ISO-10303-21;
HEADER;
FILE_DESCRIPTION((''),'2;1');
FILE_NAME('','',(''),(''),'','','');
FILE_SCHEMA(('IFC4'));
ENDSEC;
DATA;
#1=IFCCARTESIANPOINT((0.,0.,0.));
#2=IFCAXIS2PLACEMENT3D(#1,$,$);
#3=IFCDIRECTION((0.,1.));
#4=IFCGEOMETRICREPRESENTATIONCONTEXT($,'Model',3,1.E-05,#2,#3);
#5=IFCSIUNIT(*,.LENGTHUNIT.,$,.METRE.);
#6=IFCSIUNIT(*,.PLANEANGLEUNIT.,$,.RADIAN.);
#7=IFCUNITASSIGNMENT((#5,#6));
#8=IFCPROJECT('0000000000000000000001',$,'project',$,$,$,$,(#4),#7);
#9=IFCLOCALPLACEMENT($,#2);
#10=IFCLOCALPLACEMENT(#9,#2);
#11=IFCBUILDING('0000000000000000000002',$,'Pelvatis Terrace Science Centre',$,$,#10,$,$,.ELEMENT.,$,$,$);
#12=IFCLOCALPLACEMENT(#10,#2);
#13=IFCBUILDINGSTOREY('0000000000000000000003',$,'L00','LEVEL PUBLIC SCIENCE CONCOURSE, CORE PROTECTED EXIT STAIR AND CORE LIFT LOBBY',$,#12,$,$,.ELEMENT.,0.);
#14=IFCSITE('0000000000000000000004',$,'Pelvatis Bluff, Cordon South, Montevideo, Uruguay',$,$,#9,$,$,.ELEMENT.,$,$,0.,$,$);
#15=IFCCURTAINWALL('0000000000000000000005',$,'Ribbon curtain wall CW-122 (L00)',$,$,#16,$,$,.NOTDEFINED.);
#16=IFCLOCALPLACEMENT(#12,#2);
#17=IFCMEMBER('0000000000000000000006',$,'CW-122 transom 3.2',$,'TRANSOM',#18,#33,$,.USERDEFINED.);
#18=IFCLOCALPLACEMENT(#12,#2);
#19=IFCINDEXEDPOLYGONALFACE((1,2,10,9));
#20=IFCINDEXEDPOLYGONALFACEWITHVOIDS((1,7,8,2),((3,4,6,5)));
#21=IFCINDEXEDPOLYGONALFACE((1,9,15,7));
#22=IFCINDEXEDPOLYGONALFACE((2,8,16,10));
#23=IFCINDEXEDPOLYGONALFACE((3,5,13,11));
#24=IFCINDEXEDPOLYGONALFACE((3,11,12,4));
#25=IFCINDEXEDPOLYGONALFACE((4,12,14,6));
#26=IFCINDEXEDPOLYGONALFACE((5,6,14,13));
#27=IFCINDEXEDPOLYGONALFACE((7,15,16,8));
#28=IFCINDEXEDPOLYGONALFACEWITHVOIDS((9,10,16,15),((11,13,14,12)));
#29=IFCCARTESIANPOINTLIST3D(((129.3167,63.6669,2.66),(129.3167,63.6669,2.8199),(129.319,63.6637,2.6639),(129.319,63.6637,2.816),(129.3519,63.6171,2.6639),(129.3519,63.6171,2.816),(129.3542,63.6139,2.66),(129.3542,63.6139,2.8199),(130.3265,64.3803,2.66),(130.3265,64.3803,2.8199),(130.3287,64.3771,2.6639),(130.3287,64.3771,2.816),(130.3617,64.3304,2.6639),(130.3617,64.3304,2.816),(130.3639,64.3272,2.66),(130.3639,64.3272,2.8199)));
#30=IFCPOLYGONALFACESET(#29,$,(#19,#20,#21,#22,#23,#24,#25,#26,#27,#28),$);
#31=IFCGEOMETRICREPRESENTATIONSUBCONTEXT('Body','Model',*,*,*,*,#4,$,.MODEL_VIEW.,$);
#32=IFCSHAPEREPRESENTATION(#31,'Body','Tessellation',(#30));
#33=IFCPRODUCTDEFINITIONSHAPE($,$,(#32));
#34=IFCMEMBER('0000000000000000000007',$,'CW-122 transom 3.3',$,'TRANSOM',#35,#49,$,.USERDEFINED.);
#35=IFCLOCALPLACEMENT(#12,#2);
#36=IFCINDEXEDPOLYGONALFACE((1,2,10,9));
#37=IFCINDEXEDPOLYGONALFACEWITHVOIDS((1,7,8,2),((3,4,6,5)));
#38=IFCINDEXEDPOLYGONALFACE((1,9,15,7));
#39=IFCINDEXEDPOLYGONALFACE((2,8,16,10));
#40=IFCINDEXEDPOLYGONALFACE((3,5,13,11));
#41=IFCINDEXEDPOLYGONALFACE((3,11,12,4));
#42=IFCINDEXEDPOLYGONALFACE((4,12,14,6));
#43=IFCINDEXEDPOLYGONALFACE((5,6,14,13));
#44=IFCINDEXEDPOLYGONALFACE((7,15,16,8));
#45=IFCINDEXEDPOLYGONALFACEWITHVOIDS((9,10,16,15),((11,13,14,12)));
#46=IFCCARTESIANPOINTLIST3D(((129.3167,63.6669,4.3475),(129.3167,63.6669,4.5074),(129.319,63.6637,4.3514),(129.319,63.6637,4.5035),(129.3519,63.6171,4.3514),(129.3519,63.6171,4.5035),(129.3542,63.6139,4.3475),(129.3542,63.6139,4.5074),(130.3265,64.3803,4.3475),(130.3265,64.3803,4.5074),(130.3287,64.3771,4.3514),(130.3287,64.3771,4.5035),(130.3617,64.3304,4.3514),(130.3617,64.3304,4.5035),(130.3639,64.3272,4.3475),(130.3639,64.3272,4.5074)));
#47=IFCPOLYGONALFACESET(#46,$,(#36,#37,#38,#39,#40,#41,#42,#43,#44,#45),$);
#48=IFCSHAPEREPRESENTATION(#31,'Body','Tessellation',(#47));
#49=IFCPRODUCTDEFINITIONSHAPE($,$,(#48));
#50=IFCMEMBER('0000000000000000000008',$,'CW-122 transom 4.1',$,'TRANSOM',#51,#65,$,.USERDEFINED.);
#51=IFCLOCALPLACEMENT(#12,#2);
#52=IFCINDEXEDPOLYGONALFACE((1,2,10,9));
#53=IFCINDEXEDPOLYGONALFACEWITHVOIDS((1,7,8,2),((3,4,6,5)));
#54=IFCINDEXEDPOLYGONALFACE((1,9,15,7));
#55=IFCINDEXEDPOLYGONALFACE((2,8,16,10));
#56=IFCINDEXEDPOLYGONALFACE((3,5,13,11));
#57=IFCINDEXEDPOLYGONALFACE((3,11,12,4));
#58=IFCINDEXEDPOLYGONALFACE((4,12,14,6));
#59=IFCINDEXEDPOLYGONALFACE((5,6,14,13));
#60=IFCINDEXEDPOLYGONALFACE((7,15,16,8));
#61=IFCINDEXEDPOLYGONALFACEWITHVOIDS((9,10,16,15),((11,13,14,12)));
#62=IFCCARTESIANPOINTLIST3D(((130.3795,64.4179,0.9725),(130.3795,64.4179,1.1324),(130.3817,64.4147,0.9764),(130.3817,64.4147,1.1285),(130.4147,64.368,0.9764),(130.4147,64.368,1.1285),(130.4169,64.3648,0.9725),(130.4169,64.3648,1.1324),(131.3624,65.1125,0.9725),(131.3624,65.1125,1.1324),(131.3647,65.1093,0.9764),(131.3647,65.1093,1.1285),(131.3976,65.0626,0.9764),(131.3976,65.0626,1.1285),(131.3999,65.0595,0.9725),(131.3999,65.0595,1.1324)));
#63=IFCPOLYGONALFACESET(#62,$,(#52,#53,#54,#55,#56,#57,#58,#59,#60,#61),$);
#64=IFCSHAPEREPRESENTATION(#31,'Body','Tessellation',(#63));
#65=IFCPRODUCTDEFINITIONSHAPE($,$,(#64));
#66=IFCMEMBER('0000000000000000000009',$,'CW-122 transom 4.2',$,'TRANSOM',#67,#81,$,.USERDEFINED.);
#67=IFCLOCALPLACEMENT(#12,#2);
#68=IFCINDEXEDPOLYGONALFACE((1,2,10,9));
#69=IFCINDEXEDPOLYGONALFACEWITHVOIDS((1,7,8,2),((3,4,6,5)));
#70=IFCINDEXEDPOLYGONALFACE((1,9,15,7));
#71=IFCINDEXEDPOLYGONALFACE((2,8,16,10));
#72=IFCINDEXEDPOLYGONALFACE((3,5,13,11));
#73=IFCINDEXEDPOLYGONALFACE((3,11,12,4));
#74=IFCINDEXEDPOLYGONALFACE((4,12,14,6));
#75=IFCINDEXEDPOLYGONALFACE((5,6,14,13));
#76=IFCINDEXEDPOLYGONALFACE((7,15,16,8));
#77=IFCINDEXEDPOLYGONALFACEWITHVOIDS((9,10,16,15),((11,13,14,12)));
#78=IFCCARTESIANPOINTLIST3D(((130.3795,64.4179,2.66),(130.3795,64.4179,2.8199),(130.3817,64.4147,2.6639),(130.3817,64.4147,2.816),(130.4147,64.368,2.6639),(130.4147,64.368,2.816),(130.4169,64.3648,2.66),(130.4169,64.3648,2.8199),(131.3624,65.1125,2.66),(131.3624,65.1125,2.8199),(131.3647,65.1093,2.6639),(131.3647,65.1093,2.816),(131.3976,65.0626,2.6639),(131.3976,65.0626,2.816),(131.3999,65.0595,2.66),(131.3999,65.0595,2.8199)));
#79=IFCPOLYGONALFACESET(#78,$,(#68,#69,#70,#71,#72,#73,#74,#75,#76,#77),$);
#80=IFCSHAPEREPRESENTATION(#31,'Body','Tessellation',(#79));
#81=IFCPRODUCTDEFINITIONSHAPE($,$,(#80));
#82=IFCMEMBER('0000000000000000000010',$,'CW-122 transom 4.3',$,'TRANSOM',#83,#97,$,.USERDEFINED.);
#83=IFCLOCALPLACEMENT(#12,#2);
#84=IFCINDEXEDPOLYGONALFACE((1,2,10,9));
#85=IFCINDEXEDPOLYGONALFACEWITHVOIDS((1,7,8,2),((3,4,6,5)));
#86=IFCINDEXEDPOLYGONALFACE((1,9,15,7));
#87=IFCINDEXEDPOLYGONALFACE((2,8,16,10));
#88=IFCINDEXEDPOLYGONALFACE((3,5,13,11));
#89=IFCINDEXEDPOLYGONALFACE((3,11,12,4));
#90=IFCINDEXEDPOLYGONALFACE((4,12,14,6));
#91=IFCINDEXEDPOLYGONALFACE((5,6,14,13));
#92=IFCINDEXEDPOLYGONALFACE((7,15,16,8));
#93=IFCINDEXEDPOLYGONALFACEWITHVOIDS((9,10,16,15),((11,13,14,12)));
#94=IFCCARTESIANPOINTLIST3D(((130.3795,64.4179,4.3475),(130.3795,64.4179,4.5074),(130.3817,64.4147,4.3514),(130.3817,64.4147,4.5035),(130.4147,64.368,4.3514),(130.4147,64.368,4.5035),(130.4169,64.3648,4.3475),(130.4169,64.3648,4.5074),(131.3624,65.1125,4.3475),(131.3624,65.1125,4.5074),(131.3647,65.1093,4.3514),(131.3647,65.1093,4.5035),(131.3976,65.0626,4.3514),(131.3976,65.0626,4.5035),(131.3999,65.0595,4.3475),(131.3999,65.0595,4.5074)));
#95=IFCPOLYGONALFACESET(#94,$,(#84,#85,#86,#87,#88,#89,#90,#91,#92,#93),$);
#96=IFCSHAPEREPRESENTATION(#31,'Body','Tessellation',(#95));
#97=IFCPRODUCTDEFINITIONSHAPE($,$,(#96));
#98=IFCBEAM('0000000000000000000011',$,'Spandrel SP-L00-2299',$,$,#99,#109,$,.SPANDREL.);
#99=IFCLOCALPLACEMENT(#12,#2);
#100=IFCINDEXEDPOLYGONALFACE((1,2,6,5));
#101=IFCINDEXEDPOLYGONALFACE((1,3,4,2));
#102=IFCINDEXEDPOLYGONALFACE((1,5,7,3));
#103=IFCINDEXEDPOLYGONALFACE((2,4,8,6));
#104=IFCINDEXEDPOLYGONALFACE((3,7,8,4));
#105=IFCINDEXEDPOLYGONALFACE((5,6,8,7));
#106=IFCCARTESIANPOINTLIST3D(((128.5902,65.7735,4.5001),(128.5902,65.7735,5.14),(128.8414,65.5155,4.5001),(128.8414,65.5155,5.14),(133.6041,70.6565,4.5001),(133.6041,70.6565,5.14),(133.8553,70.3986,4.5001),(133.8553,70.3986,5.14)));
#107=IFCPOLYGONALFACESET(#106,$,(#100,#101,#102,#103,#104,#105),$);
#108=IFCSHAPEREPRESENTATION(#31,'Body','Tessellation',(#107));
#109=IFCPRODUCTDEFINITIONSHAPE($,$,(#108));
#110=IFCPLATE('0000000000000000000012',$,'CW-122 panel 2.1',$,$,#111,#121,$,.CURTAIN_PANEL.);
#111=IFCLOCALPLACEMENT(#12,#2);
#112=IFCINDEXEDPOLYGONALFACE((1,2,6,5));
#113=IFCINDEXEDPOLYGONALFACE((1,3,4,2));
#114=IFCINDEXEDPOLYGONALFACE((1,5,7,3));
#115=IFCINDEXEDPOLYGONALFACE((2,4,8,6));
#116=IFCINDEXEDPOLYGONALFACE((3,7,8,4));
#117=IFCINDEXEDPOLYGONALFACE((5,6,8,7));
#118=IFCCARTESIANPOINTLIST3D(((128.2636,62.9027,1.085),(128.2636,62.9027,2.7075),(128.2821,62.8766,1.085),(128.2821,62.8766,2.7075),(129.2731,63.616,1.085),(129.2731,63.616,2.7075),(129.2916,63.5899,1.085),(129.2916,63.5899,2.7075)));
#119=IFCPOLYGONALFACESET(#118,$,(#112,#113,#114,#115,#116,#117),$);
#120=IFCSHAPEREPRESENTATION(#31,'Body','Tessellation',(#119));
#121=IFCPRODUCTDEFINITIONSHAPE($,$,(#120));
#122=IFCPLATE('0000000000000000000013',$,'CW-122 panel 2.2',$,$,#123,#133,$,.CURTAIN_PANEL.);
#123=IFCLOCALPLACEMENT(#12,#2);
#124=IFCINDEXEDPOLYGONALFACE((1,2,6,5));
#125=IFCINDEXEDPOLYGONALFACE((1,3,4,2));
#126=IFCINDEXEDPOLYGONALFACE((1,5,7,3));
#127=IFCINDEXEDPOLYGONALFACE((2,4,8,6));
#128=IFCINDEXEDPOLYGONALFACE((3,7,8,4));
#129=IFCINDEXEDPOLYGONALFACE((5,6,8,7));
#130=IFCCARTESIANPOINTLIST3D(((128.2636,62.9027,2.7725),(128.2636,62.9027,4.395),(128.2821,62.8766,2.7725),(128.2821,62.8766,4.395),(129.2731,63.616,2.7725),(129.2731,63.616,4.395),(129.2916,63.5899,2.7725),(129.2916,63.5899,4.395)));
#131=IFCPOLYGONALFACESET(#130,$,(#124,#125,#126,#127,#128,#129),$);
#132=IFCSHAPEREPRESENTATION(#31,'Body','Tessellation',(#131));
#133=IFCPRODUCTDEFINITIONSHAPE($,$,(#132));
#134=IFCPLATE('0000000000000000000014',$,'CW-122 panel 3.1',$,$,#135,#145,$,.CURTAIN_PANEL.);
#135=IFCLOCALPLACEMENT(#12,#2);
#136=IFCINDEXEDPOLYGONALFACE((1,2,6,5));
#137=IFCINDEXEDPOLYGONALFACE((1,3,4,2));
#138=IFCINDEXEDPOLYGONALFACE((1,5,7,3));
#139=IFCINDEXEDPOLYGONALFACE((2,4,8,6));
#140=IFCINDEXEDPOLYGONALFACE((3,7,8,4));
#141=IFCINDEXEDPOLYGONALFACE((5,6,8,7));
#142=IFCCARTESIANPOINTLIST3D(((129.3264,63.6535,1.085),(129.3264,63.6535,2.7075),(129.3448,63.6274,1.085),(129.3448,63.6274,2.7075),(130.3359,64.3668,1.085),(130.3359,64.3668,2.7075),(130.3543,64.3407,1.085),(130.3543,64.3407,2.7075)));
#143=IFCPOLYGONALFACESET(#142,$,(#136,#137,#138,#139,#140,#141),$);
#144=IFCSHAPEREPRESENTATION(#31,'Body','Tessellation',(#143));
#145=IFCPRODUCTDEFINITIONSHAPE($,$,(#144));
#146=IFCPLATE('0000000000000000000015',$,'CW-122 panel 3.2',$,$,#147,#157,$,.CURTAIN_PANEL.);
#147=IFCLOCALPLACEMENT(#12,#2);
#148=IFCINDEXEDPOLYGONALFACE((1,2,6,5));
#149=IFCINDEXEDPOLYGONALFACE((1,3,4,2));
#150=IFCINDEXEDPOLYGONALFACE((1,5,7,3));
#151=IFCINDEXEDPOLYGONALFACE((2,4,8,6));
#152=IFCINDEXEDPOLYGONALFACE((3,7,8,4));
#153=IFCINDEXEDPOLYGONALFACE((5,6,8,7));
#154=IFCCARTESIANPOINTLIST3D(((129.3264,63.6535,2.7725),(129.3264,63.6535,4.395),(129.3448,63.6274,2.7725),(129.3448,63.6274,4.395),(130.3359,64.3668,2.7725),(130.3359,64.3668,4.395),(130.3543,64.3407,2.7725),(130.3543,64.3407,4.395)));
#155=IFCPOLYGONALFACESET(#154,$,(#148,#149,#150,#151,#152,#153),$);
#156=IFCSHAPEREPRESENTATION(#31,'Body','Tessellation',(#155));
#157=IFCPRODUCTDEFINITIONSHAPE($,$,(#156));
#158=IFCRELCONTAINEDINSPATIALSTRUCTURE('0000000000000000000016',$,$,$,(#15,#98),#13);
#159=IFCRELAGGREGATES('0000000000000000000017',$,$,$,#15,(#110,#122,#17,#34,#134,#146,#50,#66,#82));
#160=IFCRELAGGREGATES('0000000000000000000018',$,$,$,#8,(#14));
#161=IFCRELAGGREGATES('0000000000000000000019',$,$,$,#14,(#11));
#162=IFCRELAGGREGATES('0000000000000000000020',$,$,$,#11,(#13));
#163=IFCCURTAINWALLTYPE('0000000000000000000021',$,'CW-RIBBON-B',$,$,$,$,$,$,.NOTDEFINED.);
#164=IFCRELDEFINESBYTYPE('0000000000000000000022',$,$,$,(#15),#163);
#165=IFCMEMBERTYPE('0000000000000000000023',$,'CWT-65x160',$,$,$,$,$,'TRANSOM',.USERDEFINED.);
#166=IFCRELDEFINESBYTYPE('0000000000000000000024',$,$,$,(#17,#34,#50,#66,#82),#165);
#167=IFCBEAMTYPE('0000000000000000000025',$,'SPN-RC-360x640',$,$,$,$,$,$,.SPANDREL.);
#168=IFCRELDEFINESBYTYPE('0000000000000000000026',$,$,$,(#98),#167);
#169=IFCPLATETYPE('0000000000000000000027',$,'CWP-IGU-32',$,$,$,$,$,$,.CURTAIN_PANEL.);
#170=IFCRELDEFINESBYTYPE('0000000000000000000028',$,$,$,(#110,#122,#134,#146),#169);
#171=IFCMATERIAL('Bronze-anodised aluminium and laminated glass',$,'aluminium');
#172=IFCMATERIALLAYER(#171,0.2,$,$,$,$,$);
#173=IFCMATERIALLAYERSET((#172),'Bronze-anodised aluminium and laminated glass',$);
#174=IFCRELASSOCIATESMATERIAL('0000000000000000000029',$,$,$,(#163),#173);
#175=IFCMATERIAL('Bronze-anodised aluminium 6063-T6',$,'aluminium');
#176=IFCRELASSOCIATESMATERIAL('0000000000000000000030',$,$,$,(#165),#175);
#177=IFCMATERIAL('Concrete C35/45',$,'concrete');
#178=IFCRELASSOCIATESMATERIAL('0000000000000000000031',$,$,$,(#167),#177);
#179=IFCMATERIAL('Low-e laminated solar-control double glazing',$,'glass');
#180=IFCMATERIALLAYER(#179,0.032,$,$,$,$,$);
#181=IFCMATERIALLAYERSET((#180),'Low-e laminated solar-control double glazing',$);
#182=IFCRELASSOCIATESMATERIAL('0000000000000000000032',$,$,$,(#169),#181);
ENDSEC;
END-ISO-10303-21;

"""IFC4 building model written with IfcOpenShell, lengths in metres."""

from ifc_helpers import new_model, si_unit, direction, frame, origin, origin_2d, place, context, subcontext, project, spatial, rectangle, hollow_rectangle, extrude, material, layer, layer_set, material_profile, profile_set, type_object, element, aggregate, save


model = new_model("IFC4")

# Units and contexts
model_context = context("Model", 3, precision=1e-05, world=origin(), true_north=direction((0.0, 1.0)))
body_context = subcontext(model_context, "Body", "Model", "MODEL_VIEW")
ifc_project = project(units=[si_unit("LENGTHUNIT", "METRE"), si_unit("PLANEANGLEUNIT", "RADIAN")], contexts=[model_context])

# Site, building, storey
site_placement = place(None, origin())
site = spatial("IfcSite", under=ifc_project, at=site_placement, Name="Pelvatis Bluff, Cordon South, Montevideo, Uruguay", CompositionType="ELEMENT", RefElevation=0.0)
building_placement = place(site_placement, origin())
building = spatial("IfcBuilding", under=site, at=building_placement, Name="Pelvatis Terrace Science Centre", CompositionType="ELEMENT")
storey_placement = place(building_placement, origin())
storey = spatial("IfcBuildingStorey", under=building, at=storey_placement, Name="L00", Description="LEVEL PUBLIC SCIENCE CONCOURSE, CORE PROTECTED EXIT STAIR AND CORE LIFT LOBBY", CompositionType="ELEMENT", Elevation=0.0)

# Curtain wall, members
ifc_material_1 = material(Name="Bronze-anodised aluminium and laminated glass", Category="aluminium")
ifc_layer_1 = layer(ifc_material_1, 0.2)
ifc_layer_set_1 = layer_set([ifc_layer_1], Name="Bronze-anodised aluminium and laminated glass")
curtain_wall_type = type_object("IfcCurtainWallType", Name="CW-RIBBON-B", PredefinedType="NOTDEFINED", material=ifc_layer_set_1)
curtain_wall_placement = place(storey_placement, origin())
curtain_wall = element("IfcCurtainWall", 1, at=curtain_wall_placement, inside=storey, type_object=curtain_wall_type, Name="Ribbon curtain wall CW-122 (L00)", PredefinedType="NOTDEFINED")
ifc_material_2 = material(Name="Bronze-anodised aluminium 6063-T6", Category="aluminium")
ifc_material_profile_1 = material_profile(ifc_material_2, hollow_rectangle(XDim=0.0649, YDim=0.1599, WallThickness=0.0039, at=origin_2d()), Name="ALU-TRN 65x160")
ifc_profile_set_1 = profile_set([ifc_material_profile_1], Name="Bronze-anodised aluminium 6063-T6")
member_type_1 = type_object("IfcMemberType", Name="CWT-65x160", ElementType="TRANSOM", PredefinedType="USERDEFINED", material=ifc_profile_set_1)
member_1_placement = place(storey_placement, frame((129.3354, 63.6404, 2.74), z_axis=(0.816738, 0.577009, 0.0), x_axis=(-0.577009, 0.816738, 0.0)))
member_1 = element("IfcMember", 2, at=member_1_placement, type_object=member_type_1, Name="CW-122 transom 3.2", ObjectType="TRANSOM", PredefinedType="USERDEFINED", context=body_context, shape_type="SweptSolid", body=[
    extrude(hollow_rectangle(XDim=0.0649, YDim=0.1599, WallThickness=0.0039, at=origin_2d()), origin(), (0.0, 0.0, 1.0), 1.2363),
])
member_2_placement = place(storey_placement, frame((129.3354, 63.6404, 4.4275), z_axis=(0.816738, 0.577009, 0.0), x_axis=(-0.577009, 0.816738, 0.0)))
member_2 = element("IfcMember", 3, at=member_2_placement, type_object=member_type_1, Name="CW-122 transom 3.3", ObjectType="TRANSOM", PredefinedType="USERDEFINED", context=body_context, shape_type="SweptSolid", body=[
    extrude(hollow_rectangle(XDim=0.0649, YDim=0.1599, WallThickness=0.0039, at=origin_2d()), origin(), (0.0, 0.0, 1.0), 1.2363),
])
member_3_placement = place(storey_placement, frame((130.3982, 64.3914, 1.0525), z_axis=(0.81667, 0.577105, 0.0), x_axis=(-0.577105, 0.81667, 0.0)))
member_3 = element("IfcMember", 4, at=member_3_placement, type_object=member_type_1, Name="CW-122 transom 4.1", ObjectType="TRANSOM", PredefinedType="USERDEFINED", context=body_context, shape_type="SweptSolid", body=[
    extrude(hollow_rectangle(XDim=0.0649, YDim=0.1599, WallThickness=0.0039, at=origin_2d()), origin(), (0.0, 0.0, 1.0), 1.2036),
])
member_4_placement = place(storey_placement, frame((130.3982, 64.3914, 2.74), z_axis=(0.81667, 0.577105, 0.0), x_axis=(-0.577105, 0.81667, 0.0)))
member_4 = element("IfcMember", 5, at=member_4_placement, type_object=member_type_1, Name="CW-122 transom 4.2", ObjectType="TRANSOM", PredefinedType="USERDEFINED", context=body_context, shape_type="SweptSolid", body=[
    extrude(hollow_rectangle(XDim=0.0649, YDim=0.1599, WallThickness=0.0039, at=origin_2d()), origin(), (0.0, 0.0, 1.0), 1.2036),
])
member_5_placement = place(storey_placement, frame((130.3982, 64.3914, 4.4275), z_axis=(0.81667, 0.577105, 0.0), x_axis=(-0.577105, 0.81667, 0.0)))
member_5 = element("IfcMember", 6, at=member_5_placement, type_object=member_type_1, Name="CW-122 transom 4.3", ObjectType="TRANSOM", PredefinedType="USERDEFINED", context=body_context, shape_type="SweptSolid", body=[
    extrude(hollow_rectangle(XDim=0.0649, YDim=0.1599, WallThickness=0.0039, at=origin_2d()), origin(), (0.0, 0.0, 1.0), 1.2036),
])

# Beam
ifc_material_3 = material(Name="Concrete C35/45", Category="concrete")
ifc_material_profile_2 = material_profile(ifc_material_3, rectangle(XDim=0.3601, YDim=0.6399, at=origin_2d()), Name="RC-SPN 360x640")
ifc_profile_set_2 = profile_set([ifc_material_profile_2], Name="Concrete C35/45")
beam_type_1 = type_object("IfcBeamType", Name="SPN-RC-360x640", PredefinedType="SPANDREL", material=ifc_profile_set_2)
beam_1_placement = place(storey_placement, frame((128.7158, 65.6445, 4.8201), z_axis=(0.716394, 0.697696, 0.0), x_axis=(-0.697696, 0.716394, 0.0)))
element("IfcBeam", 7, at=beam_1_placement, inside=storey, type_object=beam_type_1, Name="Spandrel SP-L00-2299", PredefinedType="SPANDREL", context=body_context, shape_type="SweptSolid", body=[
    extrude(rectangle(XDim=0.3601, YDim=0.6399, at=origin_2d()), origin(), (0.0, 0.0, 1.0), 6.9988),
])

# Plates
ifc_material_4 = material(Name="Low-e laminated solar-control double glazing", Category="glass")
ifc_layer_2 = layer(ifc_material_4, 0.032)
ifc_layer_set_2 = layer_set([ifc_layer_2], Name="Low-e laminated solar-control double glazing")
plate_type = type_object("IfcPlateType", Name="CWP-IGU-32", PredefinedType="CURTAIN_PANEL", material=ifc_layer_set_2)
plate_1_placement = place(storey_placement, frame((128.7776, 63.2463, 1.085), z_axis=(0.0, 0.0, 1.0), x_axis=(0.816698, 0.577065, 0.0)))
plate_1 = element("IfcPlate", 8, at=plate_1_placement, type_object=plate_type, Name="CW-122 panel 2.1", PredefinedType="CURTAIN_PANEL", context=body_context, shape_type="SweptSolid", body=[
    extrude(rectangle(XDim=1.2361, YDim=0.032, at=origin_2d()), origin(), (0.0, 0.0, 1.0), 1.6226),
])
plate_2_placement = place(storey_placement, frame((128.7776, 63.2463, 2.7725), z_axis=(0.0, 0.0, 1.0), x_axis=(0.816698, 0.577065, 0.0)))
plate_2 = element("IfcPlate", 9, at=plate_2_placement, type_object=plate_type, Name="CW-122 panel 2.2", PredefinedType="CURTAIN_PANEL", context=body_context, shape_type="SweptSolid", body=[
    extrude(rectangle(XDim=1.2361, YDim=0.032, at=origin_2d()), origin(), (0.0, 0.0, 1.0), 1.6226),
])
plate_3_placement = place(storey_placement, frame((129.8403, 63.9971, 1.085), z_axis=(0.0, 0.0, 1.0), x_axis=(0.816698, 0.577065, 0.0)))
plate_3 = element("IfcPlate", 10, at=plate_3_placement, type_object=plate_type, Name="CW-122 panel 3.1", PredefinedType="CURTAIN_PANEL", context=body_context, shape_type="SweptSolid", body=[
    extrude(rectangle(XDim=1.2361, YDim=0.032, at=origin_2d()), origin(), (0.0, 0.0, 1.0), 1.6226),
])
plate_4_placement = place(storey_placement, frame((129.8403, 63.9971, 2.7725), z_axis=(0.0, 0.0, 1.0), x_axis=(0.816698, 0.577065, 0.0)))
plate_4 = element("IfcPlate", 11, at=plate_4_placement, type_object=plate_type, Name="CW-122 panel 3.2", PredefinedType="CURTAIN_PANEL", context=body_context, shape_type="SweptSolid", body=[
    extrude(rectangle(XDim=1.2361, YDim=0.032, at=origin_2d()), origin(), (0.0, 0.0, 1.0), 1.6226),
])
aggregate(curtain_wall, [plate_1, plate_2, member_1, member_2, plate_3, plate_4, member_3, member_4, member_5])

save(model, "model.ifc")
